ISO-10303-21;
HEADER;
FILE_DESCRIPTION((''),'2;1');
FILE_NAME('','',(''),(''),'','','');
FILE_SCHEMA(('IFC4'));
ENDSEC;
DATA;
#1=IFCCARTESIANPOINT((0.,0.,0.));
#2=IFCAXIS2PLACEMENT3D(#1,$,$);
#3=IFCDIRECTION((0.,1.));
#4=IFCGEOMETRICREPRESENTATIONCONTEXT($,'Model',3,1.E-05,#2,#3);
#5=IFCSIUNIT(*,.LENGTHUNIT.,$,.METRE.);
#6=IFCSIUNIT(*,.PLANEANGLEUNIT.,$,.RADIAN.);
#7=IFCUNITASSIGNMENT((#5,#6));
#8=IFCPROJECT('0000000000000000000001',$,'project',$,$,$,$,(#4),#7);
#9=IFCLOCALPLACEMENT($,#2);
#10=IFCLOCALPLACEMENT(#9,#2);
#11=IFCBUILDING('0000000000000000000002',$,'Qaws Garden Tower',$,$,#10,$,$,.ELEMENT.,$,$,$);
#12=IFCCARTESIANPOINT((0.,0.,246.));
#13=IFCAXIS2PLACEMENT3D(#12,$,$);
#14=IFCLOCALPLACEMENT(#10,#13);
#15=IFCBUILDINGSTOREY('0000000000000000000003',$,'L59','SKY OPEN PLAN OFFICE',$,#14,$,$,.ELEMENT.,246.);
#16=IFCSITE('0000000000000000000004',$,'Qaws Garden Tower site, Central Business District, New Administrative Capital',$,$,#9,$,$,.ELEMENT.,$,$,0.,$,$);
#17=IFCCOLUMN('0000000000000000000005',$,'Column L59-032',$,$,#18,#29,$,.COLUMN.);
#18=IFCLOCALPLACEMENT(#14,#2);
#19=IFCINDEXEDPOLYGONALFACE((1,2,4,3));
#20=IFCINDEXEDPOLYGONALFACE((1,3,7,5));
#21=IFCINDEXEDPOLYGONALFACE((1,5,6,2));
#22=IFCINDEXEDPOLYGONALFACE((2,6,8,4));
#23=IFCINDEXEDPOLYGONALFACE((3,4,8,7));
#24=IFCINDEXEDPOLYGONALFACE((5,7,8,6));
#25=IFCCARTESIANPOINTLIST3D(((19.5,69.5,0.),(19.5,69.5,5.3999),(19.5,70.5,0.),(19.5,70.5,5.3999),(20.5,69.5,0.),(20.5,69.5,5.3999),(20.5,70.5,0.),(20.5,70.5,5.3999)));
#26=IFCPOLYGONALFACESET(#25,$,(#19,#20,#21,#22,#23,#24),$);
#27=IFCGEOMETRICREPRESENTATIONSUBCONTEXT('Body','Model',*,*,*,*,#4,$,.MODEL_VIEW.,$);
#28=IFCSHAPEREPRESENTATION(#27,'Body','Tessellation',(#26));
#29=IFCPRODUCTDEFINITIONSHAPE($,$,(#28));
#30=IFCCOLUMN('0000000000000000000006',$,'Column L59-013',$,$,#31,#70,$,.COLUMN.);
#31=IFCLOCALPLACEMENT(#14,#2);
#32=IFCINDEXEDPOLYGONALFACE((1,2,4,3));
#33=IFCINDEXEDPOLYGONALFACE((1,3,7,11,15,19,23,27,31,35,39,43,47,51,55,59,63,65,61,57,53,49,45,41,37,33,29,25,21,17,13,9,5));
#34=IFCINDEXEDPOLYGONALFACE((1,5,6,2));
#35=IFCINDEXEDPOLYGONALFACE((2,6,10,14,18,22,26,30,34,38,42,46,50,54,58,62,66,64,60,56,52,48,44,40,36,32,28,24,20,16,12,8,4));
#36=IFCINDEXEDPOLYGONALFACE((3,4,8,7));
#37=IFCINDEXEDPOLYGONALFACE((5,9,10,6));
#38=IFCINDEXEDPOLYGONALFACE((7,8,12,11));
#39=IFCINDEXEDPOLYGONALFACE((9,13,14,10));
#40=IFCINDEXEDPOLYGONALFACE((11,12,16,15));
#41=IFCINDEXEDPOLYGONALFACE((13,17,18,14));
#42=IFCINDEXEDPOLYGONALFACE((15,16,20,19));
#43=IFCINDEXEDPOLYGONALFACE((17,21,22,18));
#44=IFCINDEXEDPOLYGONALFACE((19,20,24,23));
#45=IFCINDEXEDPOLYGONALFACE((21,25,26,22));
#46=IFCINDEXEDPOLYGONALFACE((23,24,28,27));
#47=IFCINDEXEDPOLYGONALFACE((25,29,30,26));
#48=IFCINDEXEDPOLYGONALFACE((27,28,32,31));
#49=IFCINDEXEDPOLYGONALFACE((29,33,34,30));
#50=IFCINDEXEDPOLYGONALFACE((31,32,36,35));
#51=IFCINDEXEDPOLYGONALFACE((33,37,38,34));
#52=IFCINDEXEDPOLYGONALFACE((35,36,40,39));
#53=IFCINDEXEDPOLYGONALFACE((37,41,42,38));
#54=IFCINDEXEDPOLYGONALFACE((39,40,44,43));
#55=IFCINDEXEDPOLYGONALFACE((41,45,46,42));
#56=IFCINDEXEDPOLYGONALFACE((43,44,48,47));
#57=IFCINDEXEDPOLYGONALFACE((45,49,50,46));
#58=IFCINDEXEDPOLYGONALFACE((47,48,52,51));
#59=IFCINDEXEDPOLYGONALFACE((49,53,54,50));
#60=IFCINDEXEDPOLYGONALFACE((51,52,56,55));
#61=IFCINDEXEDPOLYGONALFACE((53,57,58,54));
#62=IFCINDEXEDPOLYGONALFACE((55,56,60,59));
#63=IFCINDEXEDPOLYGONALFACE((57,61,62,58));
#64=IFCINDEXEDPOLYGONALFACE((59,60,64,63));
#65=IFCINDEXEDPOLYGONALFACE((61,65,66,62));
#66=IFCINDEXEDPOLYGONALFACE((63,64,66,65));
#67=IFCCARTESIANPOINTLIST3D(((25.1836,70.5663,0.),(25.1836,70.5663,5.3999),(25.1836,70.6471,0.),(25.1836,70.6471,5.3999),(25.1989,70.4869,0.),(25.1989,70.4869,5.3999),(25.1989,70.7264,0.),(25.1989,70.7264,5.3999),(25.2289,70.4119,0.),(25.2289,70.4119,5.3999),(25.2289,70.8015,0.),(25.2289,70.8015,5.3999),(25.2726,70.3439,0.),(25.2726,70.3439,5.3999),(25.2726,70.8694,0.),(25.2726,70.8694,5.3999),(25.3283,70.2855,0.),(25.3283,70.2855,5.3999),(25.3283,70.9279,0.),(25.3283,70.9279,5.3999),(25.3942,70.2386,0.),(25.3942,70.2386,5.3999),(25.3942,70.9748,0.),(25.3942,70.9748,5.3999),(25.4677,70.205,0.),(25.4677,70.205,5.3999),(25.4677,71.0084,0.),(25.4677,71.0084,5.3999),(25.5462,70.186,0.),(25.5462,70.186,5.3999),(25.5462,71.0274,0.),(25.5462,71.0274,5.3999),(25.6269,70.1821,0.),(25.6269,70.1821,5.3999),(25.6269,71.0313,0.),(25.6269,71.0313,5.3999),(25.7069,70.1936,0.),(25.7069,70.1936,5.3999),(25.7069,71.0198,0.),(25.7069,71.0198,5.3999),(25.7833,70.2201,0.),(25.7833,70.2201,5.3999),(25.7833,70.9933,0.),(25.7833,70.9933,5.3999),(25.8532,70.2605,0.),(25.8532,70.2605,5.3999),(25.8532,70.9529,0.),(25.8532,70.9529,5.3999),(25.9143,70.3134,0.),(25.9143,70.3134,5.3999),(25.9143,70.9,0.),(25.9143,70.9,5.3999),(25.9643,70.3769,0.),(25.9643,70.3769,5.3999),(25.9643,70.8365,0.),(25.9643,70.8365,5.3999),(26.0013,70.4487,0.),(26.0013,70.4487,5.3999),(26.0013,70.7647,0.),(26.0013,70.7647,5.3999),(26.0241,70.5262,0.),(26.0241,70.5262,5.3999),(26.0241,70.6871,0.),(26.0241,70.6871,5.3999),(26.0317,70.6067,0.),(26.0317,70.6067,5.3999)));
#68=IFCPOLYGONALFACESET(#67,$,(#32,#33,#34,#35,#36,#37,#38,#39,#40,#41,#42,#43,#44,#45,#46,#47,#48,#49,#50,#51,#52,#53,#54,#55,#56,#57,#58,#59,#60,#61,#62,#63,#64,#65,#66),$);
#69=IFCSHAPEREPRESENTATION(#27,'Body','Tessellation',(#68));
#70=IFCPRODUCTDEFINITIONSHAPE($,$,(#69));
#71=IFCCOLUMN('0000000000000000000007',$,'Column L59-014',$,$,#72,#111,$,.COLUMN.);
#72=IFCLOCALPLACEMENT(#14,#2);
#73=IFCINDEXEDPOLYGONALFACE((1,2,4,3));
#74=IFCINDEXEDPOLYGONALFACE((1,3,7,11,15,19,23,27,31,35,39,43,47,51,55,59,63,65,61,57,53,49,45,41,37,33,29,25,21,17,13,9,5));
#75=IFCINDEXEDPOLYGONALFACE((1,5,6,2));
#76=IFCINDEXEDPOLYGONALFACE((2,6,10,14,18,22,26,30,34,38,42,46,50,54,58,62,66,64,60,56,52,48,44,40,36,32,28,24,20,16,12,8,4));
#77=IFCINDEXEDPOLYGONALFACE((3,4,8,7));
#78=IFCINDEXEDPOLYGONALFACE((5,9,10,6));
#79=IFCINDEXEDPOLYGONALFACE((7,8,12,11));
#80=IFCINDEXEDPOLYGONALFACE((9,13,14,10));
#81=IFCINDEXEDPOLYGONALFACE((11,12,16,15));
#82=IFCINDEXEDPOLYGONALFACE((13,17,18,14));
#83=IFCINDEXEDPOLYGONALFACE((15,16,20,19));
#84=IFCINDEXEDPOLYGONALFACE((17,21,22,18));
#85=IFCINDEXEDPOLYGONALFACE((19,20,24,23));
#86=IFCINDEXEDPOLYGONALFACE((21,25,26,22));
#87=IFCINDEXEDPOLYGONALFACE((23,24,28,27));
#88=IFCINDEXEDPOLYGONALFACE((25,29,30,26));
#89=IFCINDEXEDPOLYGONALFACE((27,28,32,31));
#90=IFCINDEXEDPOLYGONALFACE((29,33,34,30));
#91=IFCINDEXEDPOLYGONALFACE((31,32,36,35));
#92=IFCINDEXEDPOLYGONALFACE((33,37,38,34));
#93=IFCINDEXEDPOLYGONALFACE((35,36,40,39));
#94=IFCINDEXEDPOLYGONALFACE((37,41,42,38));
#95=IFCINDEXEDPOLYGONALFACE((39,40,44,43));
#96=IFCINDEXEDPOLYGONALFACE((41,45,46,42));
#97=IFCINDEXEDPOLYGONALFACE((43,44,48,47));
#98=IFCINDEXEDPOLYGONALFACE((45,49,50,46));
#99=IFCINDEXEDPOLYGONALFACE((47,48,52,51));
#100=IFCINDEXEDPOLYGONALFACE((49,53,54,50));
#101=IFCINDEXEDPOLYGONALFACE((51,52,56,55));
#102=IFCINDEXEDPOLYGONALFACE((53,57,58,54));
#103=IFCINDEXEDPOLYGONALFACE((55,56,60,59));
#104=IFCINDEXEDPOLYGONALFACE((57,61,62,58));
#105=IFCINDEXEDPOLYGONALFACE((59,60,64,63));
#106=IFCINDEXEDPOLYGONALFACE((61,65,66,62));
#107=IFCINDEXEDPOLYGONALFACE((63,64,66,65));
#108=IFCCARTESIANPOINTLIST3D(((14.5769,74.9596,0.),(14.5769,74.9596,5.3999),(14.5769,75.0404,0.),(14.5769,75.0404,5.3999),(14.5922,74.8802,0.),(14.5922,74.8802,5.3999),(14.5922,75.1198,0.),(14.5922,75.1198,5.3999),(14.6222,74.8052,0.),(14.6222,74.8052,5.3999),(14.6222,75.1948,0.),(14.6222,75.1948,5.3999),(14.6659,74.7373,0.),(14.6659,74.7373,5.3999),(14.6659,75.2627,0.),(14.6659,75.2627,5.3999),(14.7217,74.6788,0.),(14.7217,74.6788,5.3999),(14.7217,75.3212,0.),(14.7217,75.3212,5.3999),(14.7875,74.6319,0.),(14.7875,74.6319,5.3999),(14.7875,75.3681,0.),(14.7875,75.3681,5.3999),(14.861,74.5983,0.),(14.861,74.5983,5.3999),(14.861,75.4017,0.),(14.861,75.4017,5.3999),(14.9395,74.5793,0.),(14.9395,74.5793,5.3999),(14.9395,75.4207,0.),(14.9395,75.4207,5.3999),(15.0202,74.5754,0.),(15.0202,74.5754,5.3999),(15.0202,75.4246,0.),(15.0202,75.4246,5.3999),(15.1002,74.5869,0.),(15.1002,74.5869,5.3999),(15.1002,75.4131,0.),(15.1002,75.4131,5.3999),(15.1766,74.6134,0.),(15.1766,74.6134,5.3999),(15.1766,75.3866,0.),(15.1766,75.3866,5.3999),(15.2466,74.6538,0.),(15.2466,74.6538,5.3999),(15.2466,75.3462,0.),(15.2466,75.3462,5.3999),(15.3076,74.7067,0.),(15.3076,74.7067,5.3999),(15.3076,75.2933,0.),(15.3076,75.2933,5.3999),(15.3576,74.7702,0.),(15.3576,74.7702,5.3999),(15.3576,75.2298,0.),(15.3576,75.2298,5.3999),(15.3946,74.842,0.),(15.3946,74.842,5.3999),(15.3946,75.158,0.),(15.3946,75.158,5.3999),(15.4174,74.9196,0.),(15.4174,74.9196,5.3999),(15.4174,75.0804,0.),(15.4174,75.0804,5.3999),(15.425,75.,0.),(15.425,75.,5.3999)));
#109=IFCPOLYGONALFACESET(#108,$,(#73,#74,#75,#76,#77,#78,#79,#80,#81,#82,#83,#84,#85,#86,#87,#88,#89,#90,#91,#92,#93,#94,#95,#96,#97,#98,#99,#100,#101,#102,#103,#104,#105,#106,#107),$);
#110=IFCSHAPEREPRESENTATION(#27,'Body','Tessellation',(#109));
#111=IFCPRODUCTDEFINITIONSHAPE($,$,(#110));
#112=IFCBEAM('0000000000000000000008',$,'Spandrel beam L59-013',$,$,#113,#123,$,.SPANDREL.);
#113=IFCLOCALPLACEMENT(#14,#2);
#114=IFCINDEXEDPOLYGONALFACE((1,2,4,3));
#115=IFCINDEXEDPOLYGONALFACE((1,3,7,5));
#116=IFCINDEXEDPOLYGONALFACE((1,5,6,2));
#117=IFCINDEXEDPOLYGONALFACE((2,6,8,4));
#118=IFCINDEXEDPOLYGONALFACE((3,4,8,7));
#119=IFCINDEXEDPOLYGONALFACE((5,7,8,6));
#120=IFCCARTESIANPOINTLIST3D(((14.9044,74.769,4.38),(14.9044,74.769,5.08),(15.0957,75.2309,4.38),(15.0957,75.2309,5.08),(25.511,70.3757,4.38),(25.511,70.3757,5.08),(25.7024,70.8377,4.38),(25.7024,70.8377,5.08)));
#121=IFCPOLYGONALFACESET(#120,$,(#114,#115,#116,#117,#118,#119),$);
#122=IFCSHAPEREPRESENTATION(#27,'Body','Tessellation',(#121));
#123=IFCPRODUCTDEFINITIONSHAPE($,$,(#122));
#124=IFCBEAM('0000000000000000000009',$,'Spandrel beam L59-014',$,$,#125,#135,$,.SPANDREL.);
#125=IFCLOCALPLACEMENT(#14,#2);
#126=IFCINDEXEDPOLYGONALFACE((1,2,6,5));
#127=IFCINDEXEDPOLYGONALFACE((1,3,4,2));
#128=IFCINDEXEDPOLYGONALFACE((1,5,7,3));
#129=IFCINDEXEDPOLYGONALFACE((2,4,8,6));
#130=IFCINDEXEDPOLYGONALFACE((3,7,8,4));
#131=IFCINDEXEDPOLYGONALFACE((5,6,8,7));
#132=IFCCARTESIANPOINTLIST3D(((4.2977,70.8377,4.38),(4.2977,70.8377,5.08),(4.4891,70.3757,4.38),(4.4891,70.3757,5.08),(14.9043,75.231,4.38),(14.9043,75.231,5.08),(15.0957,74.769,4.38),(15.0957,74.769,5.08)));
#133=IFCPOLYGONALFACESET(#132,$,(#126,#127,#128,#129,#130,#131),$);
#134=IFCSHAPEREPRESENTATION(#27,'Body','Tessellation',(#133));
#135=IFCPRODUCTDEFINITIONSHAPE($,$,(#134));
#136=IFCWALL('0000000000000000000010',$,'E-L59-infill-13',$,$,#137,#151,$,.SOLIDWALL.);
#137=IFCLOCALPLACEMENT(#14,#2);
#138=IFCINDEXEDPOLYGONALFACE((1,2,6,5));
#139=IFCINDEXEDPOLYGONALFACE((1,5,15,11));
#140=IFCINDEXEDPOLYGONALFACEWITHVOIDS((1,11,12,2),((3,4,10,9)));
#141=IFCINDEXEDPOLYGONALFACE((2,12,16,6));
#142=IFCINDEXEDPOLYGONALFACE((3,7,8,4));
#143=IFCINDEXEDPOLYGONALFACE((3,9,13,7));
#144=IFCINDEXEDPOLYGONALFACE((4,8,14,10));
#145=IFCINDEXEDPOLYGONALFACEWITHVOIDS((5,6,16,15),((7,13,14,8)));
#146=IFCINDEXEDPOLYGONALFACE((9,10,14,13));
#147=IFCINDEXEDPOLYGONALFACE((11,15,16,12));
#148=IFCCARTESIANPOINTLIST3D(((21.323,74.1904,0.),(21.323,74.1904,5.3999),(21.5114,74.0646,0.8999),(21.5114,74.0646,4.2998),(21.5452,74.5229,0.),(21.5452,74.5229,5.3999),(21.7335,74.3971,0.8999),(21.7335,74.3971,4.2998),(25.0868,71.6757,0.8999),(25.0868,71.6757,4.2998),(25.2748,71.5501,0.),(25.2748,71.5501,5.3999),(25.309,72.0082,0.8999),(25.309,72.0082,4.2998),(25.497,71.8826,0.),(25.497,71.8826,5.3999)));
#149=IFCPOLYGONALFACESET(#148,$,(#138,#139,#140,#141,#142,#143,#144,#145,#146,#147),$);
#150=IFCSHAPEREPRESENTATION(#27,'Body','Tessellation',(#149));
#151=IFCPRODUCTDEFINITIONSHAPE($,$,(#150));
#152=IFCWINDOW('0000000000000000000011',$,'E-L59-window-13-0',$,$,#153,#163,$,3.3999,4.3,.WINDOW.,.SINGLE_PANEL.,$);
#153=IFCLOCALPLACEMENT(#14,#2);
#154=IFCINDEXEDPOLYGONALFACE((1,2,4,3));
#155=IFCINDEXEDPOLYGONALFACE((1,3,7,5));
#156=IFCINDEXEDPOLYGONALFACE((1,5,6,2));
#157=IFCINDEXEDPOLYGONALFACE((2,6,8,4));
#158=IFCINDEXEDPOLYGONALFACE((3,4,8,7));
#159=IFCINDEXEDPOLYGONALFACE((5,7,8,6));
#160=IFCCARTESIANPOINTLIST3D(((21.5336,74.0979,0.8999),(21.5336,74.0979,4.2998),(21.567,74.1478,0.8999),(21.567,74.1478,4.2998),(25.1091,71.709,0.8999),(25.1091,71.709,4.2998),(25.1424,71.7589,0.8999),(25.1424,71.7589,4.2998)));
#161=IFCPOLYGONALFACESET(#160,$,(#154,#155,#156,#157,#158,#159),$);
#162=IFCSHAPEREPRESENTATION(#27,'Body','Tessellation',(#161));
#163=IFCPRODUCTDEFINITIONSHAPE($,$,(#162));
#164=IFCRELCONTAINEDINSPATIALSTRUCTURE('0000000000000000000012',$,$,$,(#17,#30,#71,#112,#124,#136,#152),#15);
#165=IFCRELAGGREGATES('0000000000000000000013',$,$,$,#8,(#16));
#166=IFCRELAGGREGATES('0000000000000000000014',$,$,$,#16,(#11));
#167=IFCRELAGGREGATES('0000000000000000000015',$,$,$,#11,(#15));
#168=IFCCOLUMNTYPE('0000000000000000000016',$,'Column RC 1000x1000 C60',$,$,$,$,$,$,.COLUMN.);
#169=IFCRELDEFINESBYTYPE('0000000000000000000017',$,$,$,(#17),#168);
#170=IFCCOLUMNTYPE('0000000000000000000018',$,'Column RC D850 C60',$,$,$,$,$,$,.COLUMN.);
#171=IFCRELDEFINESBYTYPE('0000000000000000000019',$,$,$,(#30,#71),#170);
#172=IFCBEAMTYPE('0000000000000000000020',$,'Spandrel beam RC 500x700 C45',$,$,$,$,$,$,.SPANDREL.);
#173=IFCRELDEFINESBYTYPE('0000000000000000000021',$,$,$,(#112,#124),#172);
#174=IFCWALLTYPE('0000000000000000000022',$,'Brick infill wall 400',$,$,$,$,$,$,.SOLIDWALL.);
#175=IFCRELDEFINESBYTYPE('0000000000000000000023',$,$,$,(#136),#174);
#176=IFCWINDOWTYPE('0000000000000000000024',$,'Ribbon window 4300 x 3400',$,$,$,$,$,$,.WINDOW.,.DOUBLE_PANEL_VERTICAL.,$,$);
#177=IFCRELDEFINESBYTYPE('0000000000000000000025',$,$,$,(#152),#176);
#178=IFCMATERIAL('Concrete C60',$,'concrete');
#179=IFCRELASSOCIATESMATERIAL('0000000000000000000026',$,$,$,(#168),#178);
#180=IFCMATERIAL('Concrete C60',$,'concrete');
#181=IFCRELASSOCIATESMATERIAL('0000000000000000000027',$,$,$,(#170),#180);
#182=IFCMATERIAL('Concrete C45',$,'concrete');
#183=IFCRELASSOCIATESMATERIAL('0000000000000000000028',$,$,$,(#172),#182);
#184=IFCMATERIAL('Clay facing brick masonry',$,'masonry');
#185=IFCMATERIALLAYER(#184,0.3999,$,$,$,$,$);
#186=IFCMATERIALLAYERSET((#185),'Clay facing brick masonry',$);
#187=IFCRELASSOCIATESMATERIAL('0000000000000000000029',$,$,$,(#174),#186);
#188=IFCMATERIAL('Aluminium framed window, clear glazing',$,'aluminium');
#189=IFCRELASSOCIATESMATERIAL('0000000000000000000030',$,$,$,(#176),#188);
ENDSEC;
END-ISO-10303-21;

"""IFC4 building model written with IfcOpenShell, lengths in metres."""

from ifc_helpers import new_model, si_unit, direction, frame, frame_2d, origin, origin_2d, place, context, subcontext, project, spatial, rectangle, circle, extrude, material, layer, layer_set, material_profile, profile_set, type_object, element, fill, save


model = new_model("IFC4")

# Units and contexts
model_context = context("Model", 3, precision=1e-05, world=origin(), true_north=direction((0.0, 1.0)))
body_context = subcontext(model_context, "Body", "Model", "MODEL_VIEW")
ifc_project = project(units=[si_unit("LENGTHUNIT", "METRE"), si_unit("PLANEANGLEUNIT", "RADIAN")], contexts=[model_context])

# Site, building, storey
site_placement = place(None, origin())
site = spatial("IfcSite", under=ifc_project, at=site_placement, Name="Qaws Garden Tower site, Central Business District, New Administrative Capital", CompositionType="ELEMENT", RefElevation=0.0)
building_placement = place(site_placement, origin())
building = spatial("IfcBuilding", under=site, at=building_placement, Name="Qaws Garden Tower", CompositionType="ELEMENT")
storey_placement = place(building_placement, frame((0.0, 0.0, 246.0)))
storey = spatial("IfcBuildingStorey", under=building, at=storey_placement, Name="L59", Description="SKY OPEN PLAN OFFICE", CompositionType="ELEMENT", Elevation=246.0)

# Columns
ifc_material_1 = material(Name="Concrete C60", Category="concrete")
ifc_material_profile_1 = material_profile(ifc_material_1, rectangle(XDim=1.0, YDim=1.0, at=origin_2d()), Name="RC 1000x1000")
ifc_profile_set_1 = profile_set([ifc_material_profile_1], Name="Concrete C60")
column_type_1 = type_object("IfcColumnType", Name="Column RC 1000x1000 C60", PredefinedType="COLUMN", material=ifc_profile_set_1)
column_placement = place(storey_placement, frame((20.0, 70.0, 0.0), z_axis=(0.0, 0.0, 1.0), x_axis=(1.0, 0.0, 0.0)))
element("IfcColumn", 1, at=column_placement, inside=storey, type_object=column_type_1, Name="Column L59-032", PredefinedType="COLUMN", context=body_context, shape_type="SweptSolid", body=[
    extrude(rectangle(XDim=1.0, YDim=1.0, at=origin_2d()), origin(), (0.0, 0.0, 1.0), 5.3999),
])
ifc_material_2 = material(Name="Concrete C60", Category="concrete")
ifc_material_profile_2 = material_profile(ifc_material_2, circle(Radius=0.425, at=origin_2d()), Name="RC D850")
ifc_profile_set_2 = profile_set([ifc_material_profile_2], Name="Concrete C60")
column_type_2 = type_object("IfcColumnType", Name="Column RC D850 C60", PredefinedType="COLUMN", material=ifc_profile_set_2)
for number, where, z_axis, x_axis, name in (
    (2, (25.6067, 70.6067, 0.0), (0.0, 0.0, 1.0), (1.0, 0.0, 0.0), "Column L59-013"),
    (3, (15.0, 75.0, 0.0), (0.0, 0.0, 1.0), (1.0, 0.0, 0.0), "Column L59-014"),
):
    element("IfcColumn", number, at=place(storey_placement, frame(where, z_axis=z_axis, x_axis=x_axis)), inside=storey, type_object=column_type_2, Name=name, PredefinedType="COLUMN", context=body_context, shape_type="SweptSolid", body=[
        extrude(circle(Radius=0.425, at=origin_2d()), origin(), (0.0, 0.0, 1.0), 5.3999),
    ])

# Beams
ifc_material_3 = material(Name="Concrete C45", Category="concrete")
ifc_material_profile_3 = material_profile(ifc_material_3, rectangle(XDim=0.5, YDim=0.7, at=origin_2d()), Name="RC 500x700")
ifc_profile_set_3 = profile_set([ifc_material_profile_3], Name="Concrete C45")
beam_type = type_object("IfcBeamType", Name="Spandrel beam RC 500x700 C45", PredefinedType="SPANDREL", material=ifc_profile_set_3)
for number, where, z_axis, x_axis, name in (
    (4, (25.6067, 70.6067, 4.73), (-0.923883, 0.382674, 0.0), (-0.382674, -0.923883, 0.0), "Spandrel beam L59-013"),
    (5, (15.0, 75.0, 4.73), (-0.923883, -0.382674, 0.0), (0.382674, -0.923883, 0.0), "Spandrel beam L59-014"),
):
    element("IfcBeam", number, at=place(storey_placement, frame(where, z_axis=z_axis, x_axis=x_axis)), inside=storey, type_object=beam_type, Name=name, PredefinedType="SPANDREL", context=body_context, shape_type="SweptSolid", body=[
        extrude(rectangle(XDim=0.5, YDim=0.7, at=origin_2d()), origin(), (0.0, 0.0, 1.0), 11.4805),
    ])

# Wall, opening, window
ifc_material_4 = material(Name="Clay facing brick masonry", Category="masonry")
ifc_layer_1 = layer(ifc_material_4, 0.3999)
ifc_layer_set_1 = layer_set([ifc_layer_1], Name="Clay facing brick masonry")
wall_type_1 = type_object("IfcWallType", Name="Brick infill wall 400", PredefinedType="SOLIDWALL", material=ifc_layer_set_1)
wall_1_placement = place(storey_placement, frame((25.386, 71.7163, 0.0), z_axis=(0.0, 0.0, 1.0), x_axis=(-0.831489, 0.555542, 0.0)))
wall_1 = element("IfcWall", 6, at=wall_1_placement, inside=storey, type_object=wall_type_1, Name="E-L59-infill-13", PredefinedType="SOLIDWALL", context=body_context, shape_type="SweptSolid", body=[
    extrude(rectangle(XDim=4.7527, YDim=0.3999, at=frame_2d((2.3765, 0.0))), origin(), (0.0, 0.0, 1.0), 5.3999),
])
opening_1_placement = place(wall_1_placement, frame((0.2263, 0.0, 0.8999)))
opening_1 = element("IfcOpeningElement", 7, at=opening_1_placement, cuts=wall_1, PredefinedType="OPENING", context=body_context, shape_type="SweptSolid", body=[
    extrude(rectangle(XDim=4.3, YDim=3.3999, at=frame_2d((2.1499, 1.7))), frame((0.0, 0.21, 0.0), z_axis=(0.0, -1.0, 0.0), x_axis=(1.0, 0.0, 0.0)), (0.0, 0.0, 1.0), 0.4199),
])
ifc_material_5 = material(Name="Aluminium framed window, clear glazing", Category="aluminium")
window_type = type_object("IfcWindowType", Name="Ribbon window 4300 x 3400", PartitioningType="DOUBLE_PANEL_VERTICAL", PredefinedType="WINDOW", material=ifc_material_5)
window_1_placement = place(opening_1_placement, origin())
window_1 = element("IfcWindow", 8, at=window_1_placement, inside=storey, type_object=window_type, Name="E-L59-window-13-0", OverallHeight=3.3999, OverallWidth=4.3, PartitioningType="SINGLE_PANEL", PredefinedType="WINDOW", context=body_context, shape_type="SweptSolid", body=[
    extrude(rectangle(XDim=4.3, YDim=3.3999, at=frame_2d((2.1499, 1.7))), frame((0.0, 0.1599, 0.0), z_axis=(0.0, -1.0, 0.0), x_axis=(1.0, 0.0, 0.0)), (0.0, 0.0, 1.0), 0.0601),
])
fill(opening_1, window_1)

save(model, "model.ifc")
